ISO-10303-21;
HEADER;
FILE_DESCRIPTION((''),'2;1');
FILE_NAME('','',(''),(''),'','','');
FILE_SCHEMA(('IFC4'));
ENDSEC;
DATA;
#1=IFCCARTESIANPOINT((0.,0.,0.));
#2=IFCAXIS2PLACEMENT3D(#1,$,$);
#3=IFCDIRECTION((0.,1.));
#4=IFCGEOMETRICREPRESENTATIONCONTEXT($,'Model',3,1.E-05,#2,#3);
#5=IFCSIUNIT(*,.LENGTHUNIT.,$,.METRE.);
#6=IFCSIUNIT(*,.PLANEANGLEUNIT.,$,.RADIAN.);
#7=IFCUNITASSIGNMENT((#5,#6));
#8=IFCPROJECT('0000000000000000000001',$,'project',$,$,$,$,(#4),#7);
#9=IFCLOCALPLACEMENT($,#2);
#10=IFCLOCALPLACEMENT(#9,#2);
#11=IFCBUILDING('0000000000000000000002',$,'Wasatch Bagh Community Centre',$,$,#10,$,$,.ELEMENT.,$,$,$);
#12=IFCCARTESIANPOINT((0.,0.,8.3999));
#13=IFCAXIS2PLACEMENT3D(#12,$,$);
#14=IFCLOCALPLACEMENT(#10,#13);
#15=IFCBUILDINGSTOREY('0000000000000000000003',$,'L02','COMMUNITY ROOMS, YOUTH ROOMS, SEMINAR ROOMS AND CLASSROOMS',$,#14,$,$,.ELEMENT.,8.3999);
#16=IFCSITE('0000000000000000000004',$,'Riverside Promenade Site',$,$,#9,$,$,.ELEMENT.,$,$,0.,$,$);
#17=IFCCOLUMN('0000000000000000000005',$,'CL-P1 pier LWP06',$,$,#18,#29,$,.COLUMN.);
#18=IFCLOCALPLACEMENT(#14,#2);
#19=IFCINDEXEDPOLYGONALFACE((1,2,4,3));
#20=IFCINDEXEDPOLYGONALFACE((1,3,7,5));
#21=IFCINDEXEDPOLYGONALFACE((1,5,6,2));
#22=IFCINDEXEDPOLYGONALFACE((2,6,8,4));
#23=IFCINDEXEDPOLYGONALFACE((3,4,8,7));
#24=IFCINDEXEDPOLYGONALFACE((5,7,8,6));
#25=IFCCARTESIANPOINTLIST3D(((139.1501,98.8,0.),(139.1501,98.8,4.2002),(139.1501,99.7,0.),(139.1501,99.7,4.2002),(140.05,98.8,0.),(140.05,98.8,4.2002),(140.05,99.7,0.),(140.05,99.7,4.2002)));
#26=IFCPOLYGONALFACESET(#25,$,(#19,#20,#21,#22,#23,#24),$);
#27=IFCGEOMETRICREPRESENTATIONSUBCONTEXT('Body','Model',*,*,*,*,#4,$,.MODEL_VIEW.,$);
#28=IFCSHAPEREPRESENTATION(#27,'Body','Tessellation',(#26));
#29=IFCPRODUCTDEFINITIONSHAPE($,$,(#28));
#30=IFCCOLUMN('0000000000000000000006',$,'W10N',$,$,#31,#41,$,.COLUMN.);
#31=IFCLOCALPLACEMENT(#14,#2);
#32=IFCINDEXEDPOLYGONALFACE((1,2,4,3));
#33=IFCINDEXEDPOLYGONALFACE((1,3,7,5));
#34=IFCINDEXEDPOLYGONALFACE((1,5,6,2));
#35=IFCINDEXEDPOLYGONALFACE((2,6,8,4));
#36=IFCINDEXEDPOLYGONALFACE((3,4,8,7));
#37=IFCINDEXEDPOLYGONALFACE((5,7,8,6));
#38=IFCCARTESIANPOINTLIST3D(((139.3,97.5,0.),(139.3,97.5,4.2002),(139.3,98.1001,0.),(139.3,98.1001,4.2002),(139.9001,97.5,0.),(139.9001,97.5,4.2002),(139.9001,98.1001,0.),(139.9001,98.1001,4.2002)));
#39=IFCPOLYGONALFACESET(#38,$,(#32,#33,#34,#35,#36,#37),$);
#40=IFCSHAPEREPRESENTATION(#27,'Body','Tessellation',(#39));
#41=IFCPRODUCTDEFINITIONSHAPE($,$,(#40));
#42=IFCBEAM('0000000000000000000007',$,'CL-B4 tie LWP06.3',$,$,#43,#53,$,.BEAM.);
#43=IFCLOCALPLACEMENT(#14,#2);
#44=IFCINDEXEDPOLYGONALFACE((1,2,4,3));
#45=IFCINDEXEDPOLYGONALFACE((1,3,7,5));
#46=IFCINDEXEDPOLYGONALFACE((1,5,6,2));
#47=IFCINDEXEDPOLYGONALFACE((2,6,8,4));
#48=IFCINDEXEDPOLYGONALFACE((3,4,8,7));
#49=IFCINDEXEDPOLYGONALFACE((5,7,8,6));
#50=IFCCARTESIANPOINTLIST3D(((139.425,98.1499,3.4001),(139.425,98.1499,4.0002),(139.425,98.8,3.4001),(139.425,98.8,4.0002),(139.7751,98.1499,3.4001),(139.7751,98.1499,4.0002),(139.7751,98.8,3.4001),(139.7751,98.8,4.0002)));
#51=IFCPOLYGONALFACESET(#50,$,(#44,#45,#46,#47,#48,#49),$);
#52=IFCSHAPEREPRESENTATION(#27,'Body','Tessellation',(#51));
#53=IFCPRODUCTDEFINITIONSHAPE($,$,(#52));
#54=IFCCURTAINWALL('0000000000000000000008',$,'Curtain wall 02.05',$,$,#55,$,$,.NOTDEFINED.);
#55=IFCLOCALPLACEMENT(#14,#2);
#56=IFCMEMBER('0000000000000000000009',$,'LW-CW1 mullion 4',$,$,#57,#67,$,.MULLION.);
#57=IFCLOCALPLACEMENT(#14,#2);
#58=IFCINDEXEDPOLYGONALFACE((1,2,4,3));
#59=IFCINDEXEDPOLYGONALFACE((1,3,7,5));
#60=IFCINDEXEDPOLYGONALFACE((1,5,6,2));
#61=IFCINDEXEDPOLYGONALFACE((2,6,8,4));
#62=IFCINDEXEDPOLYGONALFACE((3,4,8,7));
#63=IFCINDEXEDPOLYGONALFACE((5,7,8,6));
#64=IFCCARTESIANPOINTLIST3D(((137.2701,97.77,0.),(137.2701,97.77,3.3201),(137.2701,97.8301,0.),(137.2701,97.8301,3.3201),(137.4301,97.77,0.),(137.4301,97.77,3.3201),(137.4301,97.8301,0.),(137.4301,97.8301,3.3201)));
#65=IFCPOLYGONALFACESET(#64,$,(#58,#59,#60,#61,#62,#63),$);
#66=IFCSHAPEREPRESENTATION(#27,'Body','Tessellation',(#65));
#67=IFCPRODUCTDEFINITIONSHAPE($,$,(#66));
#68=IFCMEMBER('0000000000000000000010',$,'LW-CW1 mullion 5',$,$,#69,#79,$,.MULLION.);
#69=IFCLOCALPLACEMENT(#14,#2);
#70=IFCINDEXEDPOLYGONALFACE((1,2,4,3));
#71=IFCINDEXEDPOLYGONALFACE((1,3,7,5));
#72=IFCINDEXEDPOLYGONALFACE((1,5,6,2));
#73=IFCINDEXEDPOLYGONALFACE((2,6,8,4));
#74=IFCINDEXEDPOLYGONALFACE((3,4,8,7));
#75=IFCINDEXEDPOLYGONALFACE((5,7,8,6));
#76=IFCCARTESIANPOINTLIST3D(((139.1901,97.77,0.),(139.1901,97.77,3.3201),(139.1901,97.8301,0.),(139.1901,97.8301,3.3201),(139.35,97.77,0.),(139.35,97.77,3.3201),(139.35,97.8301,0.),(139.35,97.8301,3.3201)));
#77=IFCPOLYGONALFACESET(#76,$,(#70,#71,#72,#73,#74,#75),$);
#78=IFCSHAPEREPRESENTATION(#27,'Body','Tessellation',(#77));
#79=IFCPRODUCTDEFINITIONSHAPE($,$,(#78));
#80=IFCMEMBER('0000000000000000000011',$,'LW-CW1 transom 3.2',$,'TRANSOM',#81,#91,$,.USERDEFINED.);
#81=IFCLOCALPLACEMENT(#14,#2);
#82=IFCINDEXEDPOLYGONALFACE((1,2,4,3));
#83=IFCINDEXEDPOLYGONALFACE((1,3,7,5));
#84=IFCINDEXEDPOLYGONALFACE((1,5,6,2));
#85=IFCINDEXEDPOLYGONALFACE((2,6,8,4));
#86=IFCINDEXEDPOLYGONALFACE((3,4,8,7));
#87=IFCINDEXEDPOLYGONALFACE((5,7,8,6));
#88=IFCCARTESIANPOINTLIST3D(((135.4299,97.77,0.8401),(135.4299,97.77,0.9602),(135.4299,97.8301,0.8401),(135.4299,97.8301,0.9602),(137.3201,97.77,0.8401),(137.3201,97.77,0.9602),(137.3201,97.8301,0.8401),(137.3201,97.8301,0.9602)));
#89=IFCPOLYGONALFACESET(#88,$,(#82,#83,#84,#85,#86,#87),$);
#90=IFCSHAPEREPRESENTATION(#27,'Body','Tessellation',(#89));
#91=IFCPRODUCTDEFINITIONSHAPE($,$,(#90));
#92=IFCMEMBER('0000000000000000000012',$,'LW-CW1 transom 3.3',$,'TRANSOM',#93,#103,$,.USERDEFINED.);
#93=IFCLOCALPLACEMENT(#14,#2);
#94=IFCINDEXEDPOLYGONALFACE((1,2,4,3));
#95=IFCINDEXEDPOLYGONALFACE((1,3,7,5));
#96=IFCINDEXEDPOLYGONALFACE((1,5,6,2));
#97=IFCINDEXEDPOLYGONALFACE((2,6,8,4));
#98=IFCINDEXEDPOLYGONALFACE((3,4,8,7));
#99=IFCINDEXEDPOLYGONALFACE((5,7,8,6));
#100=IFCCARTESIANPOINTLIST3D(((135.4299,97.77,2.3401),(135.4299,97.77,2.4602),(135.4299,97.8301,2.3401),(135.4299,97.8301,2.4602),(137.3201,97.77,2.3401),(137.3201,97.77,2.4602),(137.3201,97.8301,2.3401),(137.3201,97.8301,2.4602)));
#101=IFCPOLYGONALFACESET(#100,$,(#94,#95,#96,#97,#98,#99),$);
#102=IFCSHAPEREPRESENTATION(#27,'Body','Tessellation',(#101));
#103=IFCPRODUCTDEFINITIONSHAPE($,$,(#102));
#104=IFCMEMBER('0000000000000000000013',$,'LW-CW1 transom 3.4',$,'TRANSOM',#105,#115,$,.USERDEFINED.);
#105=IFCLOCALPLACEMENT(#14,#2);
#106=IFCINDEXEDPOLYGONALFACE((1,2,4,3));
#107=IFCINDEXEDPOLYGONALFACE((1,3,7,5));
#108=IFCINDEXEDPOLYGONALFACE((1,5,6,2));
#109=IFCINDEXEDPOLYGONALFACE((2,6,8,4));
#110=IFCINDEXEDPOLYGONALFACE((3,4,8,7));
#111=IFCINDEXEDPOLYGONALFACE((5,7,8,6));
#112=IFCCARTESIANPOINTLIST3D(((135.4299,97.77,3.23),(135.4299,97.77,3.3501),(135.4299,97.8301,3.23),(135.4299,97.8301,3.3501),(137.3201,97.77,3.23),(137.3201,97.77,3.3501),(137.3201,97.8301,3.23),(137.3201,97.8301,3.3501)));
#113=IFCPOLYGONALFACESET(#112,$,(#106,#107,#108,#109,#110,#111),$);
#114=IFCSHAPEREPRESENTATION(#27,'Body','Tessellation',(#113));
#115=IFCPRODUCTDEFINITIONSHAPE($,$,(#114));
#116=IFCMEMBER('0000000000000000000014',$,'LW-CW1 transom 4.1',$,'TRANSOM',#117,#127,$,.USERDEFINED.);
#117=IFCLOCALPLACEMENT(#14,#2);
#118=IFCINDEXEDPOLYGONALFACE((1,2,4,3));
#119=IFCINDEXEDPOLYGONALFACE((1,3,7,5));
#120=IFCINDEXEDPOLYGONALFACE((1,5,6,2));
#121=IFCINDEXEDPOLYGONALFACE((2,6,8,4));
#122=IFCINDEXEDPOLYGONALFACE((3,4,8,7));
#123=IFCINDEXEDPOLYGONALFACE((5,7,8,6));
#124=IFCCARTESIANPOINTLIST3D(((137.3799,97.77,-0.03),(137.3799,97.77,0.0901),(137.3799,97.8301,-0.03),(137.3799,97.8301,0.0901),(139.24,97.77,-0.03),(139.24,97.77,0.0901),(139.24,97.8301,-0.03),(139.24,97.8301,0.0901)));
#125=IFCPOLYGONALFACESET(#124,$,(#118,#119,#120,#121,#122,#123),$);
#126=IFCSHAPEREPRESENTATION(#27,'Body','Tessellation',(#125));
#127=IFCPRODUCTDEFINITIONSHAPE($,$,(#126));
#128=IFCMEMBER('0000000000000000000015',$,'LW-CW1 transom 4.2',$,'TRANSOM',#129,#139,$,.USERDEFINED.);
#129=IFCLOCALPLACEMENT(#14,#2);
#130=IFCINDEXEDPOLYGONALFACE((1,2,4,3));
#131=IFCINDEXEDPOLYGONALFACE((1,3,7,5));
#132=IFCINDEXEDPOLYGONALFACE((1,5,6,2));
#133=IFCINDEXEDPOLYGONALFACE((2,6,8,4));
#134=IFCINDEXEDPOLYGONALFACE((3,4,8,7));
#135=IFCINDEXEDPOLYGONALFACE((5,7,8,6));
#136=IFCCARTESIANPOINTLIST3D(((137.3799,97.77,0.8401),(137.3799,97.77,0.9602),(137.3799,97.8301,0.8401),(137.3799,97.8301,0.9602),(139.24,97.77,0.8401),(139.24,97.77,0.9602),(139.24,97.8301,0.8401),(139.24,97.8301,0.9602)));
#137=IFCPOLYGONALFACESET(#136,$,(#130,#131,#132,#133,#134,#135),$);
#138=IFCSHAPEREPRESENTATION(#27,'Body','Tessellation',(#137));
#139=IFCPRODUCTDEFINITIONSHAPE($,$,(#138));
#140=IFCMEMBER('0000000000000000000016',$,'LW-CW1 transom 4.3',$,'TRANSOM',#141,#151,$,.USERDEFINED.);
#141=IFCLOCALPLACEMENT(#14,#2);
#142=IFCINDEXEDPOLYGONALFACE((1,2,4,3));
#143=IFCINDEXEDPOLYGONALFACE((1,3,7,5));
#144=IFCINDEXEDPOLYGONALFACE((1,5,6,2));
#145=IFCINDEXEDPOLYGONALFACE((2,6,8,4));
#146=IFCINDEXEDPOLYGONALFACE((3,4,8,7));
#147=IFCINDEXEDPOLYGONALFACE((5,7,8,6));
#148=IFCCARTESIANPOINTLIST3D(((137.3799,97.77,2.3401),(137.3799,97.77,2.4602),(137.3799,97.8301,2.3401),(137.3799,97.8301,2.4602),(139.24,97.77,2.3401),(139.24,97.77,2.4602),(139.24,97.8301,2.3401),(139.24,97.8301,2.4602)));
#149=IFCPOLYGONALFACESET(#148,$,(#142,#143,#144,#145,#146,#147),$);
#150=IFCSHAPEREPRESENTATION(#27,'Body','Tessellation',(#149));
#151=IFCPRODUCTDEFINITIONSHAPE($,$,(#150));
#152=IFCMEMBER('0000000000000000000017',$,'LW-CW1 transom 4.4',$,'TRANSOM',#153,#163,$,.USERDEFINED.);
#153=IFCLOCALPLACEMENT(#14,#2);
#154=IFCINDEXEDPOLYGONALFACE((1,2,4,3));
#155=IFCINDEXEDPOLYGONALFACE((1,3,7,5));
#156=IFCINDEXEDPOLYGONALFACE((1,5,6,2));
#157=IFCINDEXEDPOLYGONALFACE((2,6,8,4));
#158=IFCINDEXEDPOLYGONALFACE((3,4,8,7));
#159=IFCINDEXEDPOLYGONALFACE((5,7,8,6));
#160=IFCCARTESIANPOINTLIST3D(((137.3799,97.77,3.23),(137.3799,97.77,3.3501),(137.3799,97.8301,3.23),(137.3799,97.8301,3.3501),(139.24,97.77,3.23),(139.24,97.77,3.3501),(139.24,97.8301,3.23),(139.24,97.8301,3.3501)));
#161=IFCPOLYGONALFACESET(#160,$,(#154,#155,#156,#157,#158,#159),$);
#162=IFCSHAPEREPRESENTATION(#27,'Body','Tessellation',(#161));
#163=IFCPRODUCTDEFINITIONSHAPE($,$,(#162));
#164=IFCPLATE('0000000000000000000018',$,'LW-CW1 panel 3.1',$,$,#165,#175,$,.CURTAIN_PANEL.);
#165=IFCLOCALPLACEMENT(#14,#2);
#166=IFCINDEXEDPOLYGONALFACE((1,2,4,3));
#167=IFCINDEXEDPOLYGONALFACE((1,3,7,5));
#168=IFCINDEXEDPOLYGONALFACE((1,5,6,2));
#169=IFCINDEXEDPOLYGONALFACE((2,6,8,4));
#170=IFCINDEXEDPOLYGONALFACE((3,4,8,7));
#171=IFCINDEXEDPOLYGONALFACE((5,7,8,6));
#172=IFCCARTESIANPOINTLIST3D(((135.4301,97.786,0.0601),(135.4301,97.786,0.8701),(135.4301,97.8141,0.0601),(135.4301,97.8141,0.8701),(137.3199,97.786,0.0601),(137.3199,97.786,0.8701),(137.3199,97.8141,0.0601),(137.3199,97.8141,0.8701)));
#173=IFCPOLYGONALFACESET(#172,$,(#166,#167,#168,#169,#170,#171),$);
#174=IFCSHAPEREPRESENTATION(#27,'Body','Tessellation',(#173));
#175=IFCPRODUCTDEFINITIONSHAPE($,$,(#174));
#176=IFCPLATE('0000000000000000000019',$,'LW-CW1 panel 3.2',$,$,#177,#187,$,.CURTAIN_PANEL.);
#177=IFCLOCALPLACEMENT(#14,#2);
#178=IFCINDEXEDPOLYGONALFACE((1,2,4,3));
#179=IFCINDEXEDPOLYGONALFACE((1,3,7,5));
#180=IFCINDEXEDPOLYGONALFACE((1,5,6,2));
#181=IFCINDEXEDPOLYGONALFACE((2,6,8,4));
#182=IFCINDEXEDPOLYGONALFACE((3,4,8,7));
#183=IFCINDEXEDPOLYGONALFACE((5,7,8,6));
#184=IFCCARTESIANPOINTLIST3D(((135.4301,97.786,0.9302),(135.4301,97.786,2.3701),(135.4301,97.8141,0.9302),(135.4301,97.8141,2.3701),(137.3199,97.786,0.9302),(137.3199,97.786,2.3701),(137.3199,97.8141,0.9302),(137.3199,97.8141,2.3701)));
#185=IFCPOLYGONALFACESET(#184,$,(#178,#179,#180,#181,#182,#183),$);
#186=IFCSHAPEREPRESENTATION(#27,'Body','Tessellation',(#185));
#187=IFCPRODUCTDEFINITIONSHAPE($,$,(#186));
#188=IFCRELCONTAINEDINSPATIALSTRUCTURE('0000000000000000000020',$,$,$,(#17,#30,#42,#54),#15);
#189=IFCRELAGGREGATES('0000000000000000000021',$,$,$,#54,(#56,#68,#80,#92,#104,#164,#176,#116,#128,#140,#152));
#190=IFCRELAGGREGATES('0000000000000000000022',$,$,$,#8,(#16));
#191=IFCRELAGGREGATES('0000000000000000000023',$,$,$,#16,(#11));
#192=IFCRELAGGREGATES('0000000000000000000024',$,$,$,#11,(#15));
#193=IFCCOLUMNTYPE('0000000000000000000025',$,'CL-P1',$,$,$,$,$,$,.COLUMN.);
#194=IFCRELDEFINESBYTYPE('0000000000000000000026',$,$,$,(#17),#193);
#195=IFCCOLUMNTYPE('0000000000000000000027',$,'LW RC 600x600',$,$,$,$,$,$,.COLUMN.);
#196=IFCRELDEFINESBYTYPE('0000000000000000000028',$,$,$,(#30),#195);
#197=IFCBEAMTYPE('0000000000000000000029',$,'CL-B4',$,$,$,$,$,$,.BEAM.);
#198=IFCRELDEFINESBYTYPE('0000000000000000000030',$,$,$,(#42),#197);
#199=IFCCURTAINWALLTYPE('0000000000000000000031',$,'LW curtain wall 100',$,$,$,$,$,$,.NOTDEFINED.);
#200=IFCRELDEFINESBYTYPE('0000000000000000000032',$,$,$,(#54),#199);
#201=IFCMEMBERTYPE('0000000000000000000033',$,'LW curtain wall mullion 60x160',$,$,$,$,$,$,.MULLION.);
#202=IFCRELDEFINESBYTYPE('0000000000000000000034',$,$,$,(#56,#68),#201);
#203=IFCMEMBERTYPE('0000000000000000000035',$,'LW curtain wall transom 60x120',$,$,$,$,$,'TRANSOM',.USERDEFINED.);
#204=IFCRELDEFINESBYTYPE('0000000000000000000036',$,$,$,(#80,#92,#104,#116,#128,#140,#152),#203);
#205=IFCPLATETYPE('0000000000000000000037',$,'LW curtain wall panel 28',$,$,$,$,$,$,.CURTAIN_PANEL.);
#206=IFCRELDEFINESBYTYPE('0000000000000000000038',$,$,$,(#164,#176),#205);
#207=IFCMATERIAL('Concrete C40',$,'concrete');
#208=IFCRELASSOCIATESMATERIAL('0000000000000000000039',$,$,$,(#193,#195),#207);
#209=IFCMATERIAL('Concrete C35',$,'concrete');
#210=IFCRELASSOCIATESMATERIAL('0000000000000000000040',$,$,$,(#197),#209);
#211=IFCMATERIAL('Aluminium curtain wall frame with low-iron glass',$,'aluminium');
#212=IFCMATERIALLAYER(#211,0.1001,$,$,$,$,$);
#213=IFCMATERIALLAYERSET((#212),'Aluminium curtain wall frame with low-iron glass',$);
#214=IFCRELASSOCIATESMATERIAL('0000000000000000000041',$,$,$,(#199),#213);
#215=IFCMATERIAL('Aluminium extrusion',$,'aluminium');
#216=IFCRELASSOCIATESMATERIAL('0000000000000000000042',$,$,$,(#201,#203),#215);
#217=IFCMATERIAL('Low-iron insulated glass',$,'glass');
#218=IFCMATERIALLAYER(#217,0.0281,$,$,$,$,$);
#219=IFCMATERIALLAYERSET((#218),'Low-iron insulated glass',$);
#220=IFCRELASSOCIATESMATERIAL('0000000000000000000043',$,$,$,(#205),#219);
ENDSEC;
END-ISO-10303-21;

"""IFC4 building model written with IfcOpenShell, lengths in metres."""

from ifc_helpers import new_model, si_unit, direction, frame, origin, origin_2d, place, context, subcontext, project, spatial, rectangle, extrude, material, layer, layer_set, material_profile, profile_set, type_object, element, aggregate, save


model = new_model("IFC4")

# Units and contexts
model_context = context("Model", 3, precision=1e-05, world=origin(), true_north=direction((0.0, 1.0)))
body_context = subcontext(model_context, "Body", "Model", "MODEL_VIEW")
ifc_project = project(units=[si_unit("LENGTHUNIT", "METRE"), si_unit("PLANEANGLEUNIT", "RADIAN")], contexts=[model_context])

# Site, building, storey
site_placement = place(None, origin())
site = spatial("IfcSite", under=ifc_project, at=site_placement, Name="Riverside Promenade Site", CompositionType="ELEMENT", RefElevation=0.0)
building_placement = place(site_placement, origin())
building = spatial("IfcBuilding", under=site, at=building_placement, Name="Wasatch Bagh Community Centre", CompositionType="ELEMENT")
storey_placement = place(building_placement, frame((0.0, 0.0, 8.3999)))
storey = spatial("IfcBuildingStorey", under=building, at=storey_placement, Name="L02", Description="COMMUNITY ROOMS, YOUTH ROOMS, SEMINAR ROOMS AND CLASSROOMS", CompositionType="ELEMENT", Elevation=8.3999)

# Columns
ifc_material_1 = material(Name="Concrete C40", Category="concrete")
ifc_material_profile_1 = material_profile(ifc_material_1, rectangle(XDim=0.8999, YDim=0.8999, at=origin_2d()), Name="RC 900x900")
ifc_profile_set_1 = profile_set([ifc_material_profile_1], Name="Concrete C40")
column_type_1 = type_object("IfcColumnType", Name="CL-P1", PredefinedType="COLUMN", material=ifc_profile_set_1)
column_1_placement = place(storey_placement, frame((139.6001, 99.25, 0.0), z_axis=(0.0, 0.0, 1.0), x_axis=(1.0, 0.0, 0.0)))
element("IfcColumn", 1, at=column_1_placement, inside=storey, type_object=column_type_1, Name="CL-P1 pier LWP06", PredefinedType="COLUMN", context=body_context, shape_type="SweptSolid", body=[
    extrude(rectangle(XDim=0.8999, YDim=0.8999, at=origin_2d()), origin(), (0.0, 0.0, 1.0), 4.2002),
])
ifc_material_profile_2 = material_profile(ifc_material_1, rectangle(XDim=0.6001, YDim=0.6001, at=origin_2d()), Name="RC 600x600")
ifc_profile_set_2 = profile_set([ifc_material_profile_2], Name="Concrete C40")
column_type_2 = type_object("IfcColumnType", Name="LW RC 600x600", PredefinedType="COLUMN", material=ifc_profile_set_2)
column_2_placement = place(storey_placement, frame((139.6001, 97.8, 0.0), z_axis=(0.0, 0.0, 1.0), x_axis=(1.0, 0.0, 0.0)))
element("IfcColumn", 2, at=column_2_placement, inside=storey, type_object=column_type_2, Name="W10N", PredefinedType="COLUMN", context=body_context, shape_type="SweptSolid", body=[
    extrude(rectangle(XDim=0.6001, YDim=0.6001, at=origin_2d()), origin(), (0.0, 0.0, 1.0), 4.2002),
])

# Beam
ifc_material_2 = material(Name="Concrete C35", Category="concrete")
ifc_material_profile_3 = material_profile(ifc_material_2, rectangle(XDim=0.3501, YDim=0.6001, at=origin_2d()), Name="RC 350x600")
ifc_profile_set_3 = profile_set([ifc_material_profile_3], Name="Concrete C35")
beam_type = type_object("IfcBeamType", Name="CL-B4", PredefinedType="BEAM", material=ifc_profile_set_3)
beam_placement = place(storey_placement, frame((139.6001, 98.1499, 3.7002), z_axis=(0.0, 1.0, 0.0), x_axis=(-1.0, 0.0, 0.0)))
element("IfcBeam", 3, at=beam_placement, inside=storey, type_object=beam_type, Name="CL-B4 tie LWP06.3", PredefinedType="BEAM", context=body_context, shape_type="SweptSolid", body=[
    extrude(rectangle(XDim=0.3501, YDim=0.6001, at=origin_2d()), origin(), (0.0, 0.0, 1.0), 0.6501),
])

# Curtain wall, members, plates
ifc_material_3 = material(Name="Aluminium curtain wall frame with low-iron glass", Category="aluminium")
ifc_layer_1 = layer(ifc_material_3, 0.1001)
ifc_layer_set_1 = layer_set([ifc_layer_1], Name="Aluminium curtain wall frame with low-iron glass")
curtain_wall_type = type_object("IfcCurtainWallType", Name="LW curtain wall 100", PredefinedType="NOTDEFINED", material=ifc_layer_set_1)
curtain_wall_placement = place(storey_placement, origin())
curtain_wall = element("IfcCurtainWall", 4, at=curtain_wall_placement, inside=storey, type_object=curtain_wall_type, Name="Curtain wall 02.05", PredefinedType="NOTDEFINED")
ifc_material_4 = material(Name="Aluminium extrusion", Category="aluminium")
ifc_material_profile_4 = material_profile(ifc_material_4, rectangle(XDim=0.0601, YDim=0.1599, at=origin_2d()), Name="AL 60x160")
ifc_profile_set_4 = profile_set([ifc_material_profile_4], Name="Aluminium extrusion")
member_type_1 = type_object("IfcMemberType", Name="LW curtain wall mullion 60x160", PredefinedType="MULLION", material=ifc_profile_set_4)
member_1_placement = place(storey_placement, frame((137.3501, 97.8, 0.0), z_axis=(0.0, 0.0, 1.0), x_axis=(0.0, 1.0, 0.0)))
member_1 = element("IfcMember", 5, at=member_1_placement, type_object=member_type_1, Name="LW-CW1 mullion 4", PredefinedType="MULLION", context=body_context, shape_type="SweptSolid", body=[
    extrude(rectangle(XDim=0.0601, YDim=0.1599, at=origin_2d()), origin(), (0.0, 0.0, 1.0), 3.3201),
])
member_2_placement = place(storey_placement, frame((139.27, 97.8, 0.0), z_axis=(0.0, 0.0, 1.0), x_axis=(0.0, 1.0, 0.0)))
member_2 = element("IfcMember", 6, at=member_2_placement, type_object=member_type_1, Name="LW-CW1 mullion 5", PredefinedType="MULLION", context=body_context, shape_type="SweptSolid", body=[
    extrude(rectangle(XDim=0.0601, YDim=0.1599, at=origin_2d()), origin(), (0.0, 0.0, 1.0), 3.3201),
])
ifc_material_profile_5 = material_profile(ifc_material_4, rectangle(XDim=0.0601, YDim=0.1201, at=origin_2d()), Name="AL 60x120")
ifc_profile_set_5 = profile_set([ifc_material_profile_5], Name="Aluminium extrusion")
member_type_2 = type_object("IfcMemberType", Name="LW curtain wall transom 60x120", ElementType="TRANSOM", PredefinedType="USERDEFINED", material=ifc_profile_set_5)
member_3_placement = place(storey_placement, frame((135.4299, 97.8, 0.9001), z_axis=(1.0, 0.0, 0.0), x_axis=(0.0, 1.0, 0.0)))
member_3 = element("IfcMember", 7, at=member_3_placement, type_object=member_type_2, Name="LW-CW1 transom 3.2", ObjectType="TRANSOM", PredefinedType="USERDEFINED", context=body_context, shape_type="SweptSolid", body=[
    extrude(rectangle(XDim=0.0601, YDim=0.1201, at=origin_2d()), origin(), (0.0, 0.0, 1.0), 1.8901),
])
member_4_placement = place(storey_placement, frame((135.4299, 97.8, 2.4001), z_axis=(1.0, 0.0, 0.0), x_axis=(0.0, 1.0, 0.0)))
member_4 = element("IfcMember", 8, at=member_4_placement, type_object=member_type_2, Name="LW-CW1 transom 3.3", ObjectType="TRANSOM", PredefinedType="USERDEFINED", context=body_context, shape_type="SweptSolid", body=[
    extrude(rectangle(XDim=0.0601, YDim=0.1201, at=origin_2d()), origin(), (0.0, 0.0, 1.0), 1.8901),
])
member_5_placement = place(storey_placement, frame((135.4299, 97.8, 3.29), z_axis=(1.0, 0.0, 0.0), x_axis=(0.0, 1.0, 0.0)))
member_5 = element("IfcMember", 9, at=member_5_placement, type_object=member_type_2, Name="LW-CW1 transom 3.4", ObjectType="TRANSOM", PredefinedType="USERDEFINED", context=body_context, shape_type="SweptSolid", body=[
    extrude(rectangle(XDim=0.0601, YDim=0.1201, at=origin_2d()), origin(), (0.0, 0.0, 1.0), 1.8901),
])
member_6_placement = place(storey_placement, frame((137.3799, 97.8, 0.03), z_axis=(1.0, 0.0, 0.0), x_axis=(0.0, 1.0, 0.0)))
member_6 = element("IfcMember", 10, at=member_6_placement, type_object=member_type_2, Name="LW-CW1 transom 4.1", ObjectType="TRANSOM", PredefinedType="USERDEFINED", context=body_context, shape_type="SweptSolid", body=[
    extrude(rectangle(XDim=0.0601, YDim=0.1201, at=origin_2d()), origin(), (0.0, 0.0, 1.0), 1.8601),
])
member_7_placement = place(storey_placement, frame((137.3799, 97.8, 0.9001), z_axis=(1.0, 0.0, 0.0), x_axis=(0.0, 1.0, 0.0)))
member_7 = element("IfcMember", 11, at=member_7_placement, type_object=member_type_2, Name="LW-CW1 transom 4.2", ObjectType="TRANSOM", PredefinedType="USERDEFINED", context=body_context, shape_type="SweptSolid", body=[
    extrude(rectangle(XDim=0.0601, YDim=0.1201, at=origin_2d()), origin(), (0.0, 0.0, 1.0), 1.8601),
])
member_8_placement = place(storey_placement, frame((137.3799, 97.8, 2.4001), z_axis=(1.0, 0.0, 0.0), x_axis=(0.0, 1.0, 0.0)))
member_8 = element("IfcMember", 12, at=member_8_placement, type_object=member_type_2, Name="LW-CW1 transom 4.3", ObjectType="TRANSOM", PredefinedType="USERDEFINED", context=body_context, shape_type="SweptSolid", body=[
    extrude(rectangle(XDim=0.0601, YDim=0.1201, at=origin_2d()), origin(), (0.0, 0.0, 1.0), 1.8601),
])
member_9_placement = place(storey_placement, frame((137.3799, 97.8, 3.29), z_axis=(1.0, 0.0, 0.0), x_axis=(0.0, 1.0, 0.0)))
member_9 = element("IfcMember", 13, at=member_9_placement, type_object=member_type_2, Name="LW-CW1 transom 4.4", ObjectType="TRANSOM", PredefinedType="USERDEFINED", context=body_context, shape_type="SweptSolid", body=[
    extrude(rectangle(XDim=0.0601, YDim=0.1201, at=origin_2d()), origin(), (0.0, 0.0, 1.0), 1.8601),
])
ifc_material_5 = material(Name="Low-iron insulated glass", Category="glass")
ifc_layer_2 = layer(ifc_material_5, 0.0281)
ifc_layer_set_2 = layer_set([ifc_layer_2], Name="Low-iron insulated glass")
plate_type_1 = type_object("IfcPlateType", Name="LW curtain wall panel 28", PredefinedType="CURTAIN_PANEL", material=ifc_layer_set_2)
plate_1_placement = place(storey_placement, frame((136.375, 97.8, 0.0601), z_axis=(0.0, 0.0, 1.0), x_axis=(1.0, 0.0, 0.0)))
plate_1 = element("IfcPlate", 14, at=plate_1_placement, type_object=plate_type_1, Name="LW-CW1 panel 3.1", PredefinedType="CURTAIN_PANEL", context=body_context, shape_type="SweptSolid", body=[
    extrude(rectangle(XDim=1.8899, YDim=0.0281, at=origin_2d()), origin(), (0.0, 0.0, 1.0), 0.8101),
])
plate_2_placement = place(storey_placement, frame((136.375, 97.8, 0.9302), z_axis=(0.0, 0.0, 1.0), x_axis=(1.0, 0.0, 0.0)))
plate_2 = element("IfcPlate", 15, at=plate_2_placement, type_object=plate_type_1, Name="LW-CW1 panel 3.2", PredefinedType="CURTAIN_PANEL", context=body_context, shape_type="SweptSolid", body=[
    extrude(rectangle(XDim=1.8899, YDim=0.0281, at=origin_2d()), origin(), (0.0, 0.0, 1.0), 1.4399),
])
aggregate(curtain_wall, [member_1, member_2, member_3, member_4, member_5, plate_1, plate_2, member_6, member_7, member_8, member_9])

save(model, "model.ifc")
